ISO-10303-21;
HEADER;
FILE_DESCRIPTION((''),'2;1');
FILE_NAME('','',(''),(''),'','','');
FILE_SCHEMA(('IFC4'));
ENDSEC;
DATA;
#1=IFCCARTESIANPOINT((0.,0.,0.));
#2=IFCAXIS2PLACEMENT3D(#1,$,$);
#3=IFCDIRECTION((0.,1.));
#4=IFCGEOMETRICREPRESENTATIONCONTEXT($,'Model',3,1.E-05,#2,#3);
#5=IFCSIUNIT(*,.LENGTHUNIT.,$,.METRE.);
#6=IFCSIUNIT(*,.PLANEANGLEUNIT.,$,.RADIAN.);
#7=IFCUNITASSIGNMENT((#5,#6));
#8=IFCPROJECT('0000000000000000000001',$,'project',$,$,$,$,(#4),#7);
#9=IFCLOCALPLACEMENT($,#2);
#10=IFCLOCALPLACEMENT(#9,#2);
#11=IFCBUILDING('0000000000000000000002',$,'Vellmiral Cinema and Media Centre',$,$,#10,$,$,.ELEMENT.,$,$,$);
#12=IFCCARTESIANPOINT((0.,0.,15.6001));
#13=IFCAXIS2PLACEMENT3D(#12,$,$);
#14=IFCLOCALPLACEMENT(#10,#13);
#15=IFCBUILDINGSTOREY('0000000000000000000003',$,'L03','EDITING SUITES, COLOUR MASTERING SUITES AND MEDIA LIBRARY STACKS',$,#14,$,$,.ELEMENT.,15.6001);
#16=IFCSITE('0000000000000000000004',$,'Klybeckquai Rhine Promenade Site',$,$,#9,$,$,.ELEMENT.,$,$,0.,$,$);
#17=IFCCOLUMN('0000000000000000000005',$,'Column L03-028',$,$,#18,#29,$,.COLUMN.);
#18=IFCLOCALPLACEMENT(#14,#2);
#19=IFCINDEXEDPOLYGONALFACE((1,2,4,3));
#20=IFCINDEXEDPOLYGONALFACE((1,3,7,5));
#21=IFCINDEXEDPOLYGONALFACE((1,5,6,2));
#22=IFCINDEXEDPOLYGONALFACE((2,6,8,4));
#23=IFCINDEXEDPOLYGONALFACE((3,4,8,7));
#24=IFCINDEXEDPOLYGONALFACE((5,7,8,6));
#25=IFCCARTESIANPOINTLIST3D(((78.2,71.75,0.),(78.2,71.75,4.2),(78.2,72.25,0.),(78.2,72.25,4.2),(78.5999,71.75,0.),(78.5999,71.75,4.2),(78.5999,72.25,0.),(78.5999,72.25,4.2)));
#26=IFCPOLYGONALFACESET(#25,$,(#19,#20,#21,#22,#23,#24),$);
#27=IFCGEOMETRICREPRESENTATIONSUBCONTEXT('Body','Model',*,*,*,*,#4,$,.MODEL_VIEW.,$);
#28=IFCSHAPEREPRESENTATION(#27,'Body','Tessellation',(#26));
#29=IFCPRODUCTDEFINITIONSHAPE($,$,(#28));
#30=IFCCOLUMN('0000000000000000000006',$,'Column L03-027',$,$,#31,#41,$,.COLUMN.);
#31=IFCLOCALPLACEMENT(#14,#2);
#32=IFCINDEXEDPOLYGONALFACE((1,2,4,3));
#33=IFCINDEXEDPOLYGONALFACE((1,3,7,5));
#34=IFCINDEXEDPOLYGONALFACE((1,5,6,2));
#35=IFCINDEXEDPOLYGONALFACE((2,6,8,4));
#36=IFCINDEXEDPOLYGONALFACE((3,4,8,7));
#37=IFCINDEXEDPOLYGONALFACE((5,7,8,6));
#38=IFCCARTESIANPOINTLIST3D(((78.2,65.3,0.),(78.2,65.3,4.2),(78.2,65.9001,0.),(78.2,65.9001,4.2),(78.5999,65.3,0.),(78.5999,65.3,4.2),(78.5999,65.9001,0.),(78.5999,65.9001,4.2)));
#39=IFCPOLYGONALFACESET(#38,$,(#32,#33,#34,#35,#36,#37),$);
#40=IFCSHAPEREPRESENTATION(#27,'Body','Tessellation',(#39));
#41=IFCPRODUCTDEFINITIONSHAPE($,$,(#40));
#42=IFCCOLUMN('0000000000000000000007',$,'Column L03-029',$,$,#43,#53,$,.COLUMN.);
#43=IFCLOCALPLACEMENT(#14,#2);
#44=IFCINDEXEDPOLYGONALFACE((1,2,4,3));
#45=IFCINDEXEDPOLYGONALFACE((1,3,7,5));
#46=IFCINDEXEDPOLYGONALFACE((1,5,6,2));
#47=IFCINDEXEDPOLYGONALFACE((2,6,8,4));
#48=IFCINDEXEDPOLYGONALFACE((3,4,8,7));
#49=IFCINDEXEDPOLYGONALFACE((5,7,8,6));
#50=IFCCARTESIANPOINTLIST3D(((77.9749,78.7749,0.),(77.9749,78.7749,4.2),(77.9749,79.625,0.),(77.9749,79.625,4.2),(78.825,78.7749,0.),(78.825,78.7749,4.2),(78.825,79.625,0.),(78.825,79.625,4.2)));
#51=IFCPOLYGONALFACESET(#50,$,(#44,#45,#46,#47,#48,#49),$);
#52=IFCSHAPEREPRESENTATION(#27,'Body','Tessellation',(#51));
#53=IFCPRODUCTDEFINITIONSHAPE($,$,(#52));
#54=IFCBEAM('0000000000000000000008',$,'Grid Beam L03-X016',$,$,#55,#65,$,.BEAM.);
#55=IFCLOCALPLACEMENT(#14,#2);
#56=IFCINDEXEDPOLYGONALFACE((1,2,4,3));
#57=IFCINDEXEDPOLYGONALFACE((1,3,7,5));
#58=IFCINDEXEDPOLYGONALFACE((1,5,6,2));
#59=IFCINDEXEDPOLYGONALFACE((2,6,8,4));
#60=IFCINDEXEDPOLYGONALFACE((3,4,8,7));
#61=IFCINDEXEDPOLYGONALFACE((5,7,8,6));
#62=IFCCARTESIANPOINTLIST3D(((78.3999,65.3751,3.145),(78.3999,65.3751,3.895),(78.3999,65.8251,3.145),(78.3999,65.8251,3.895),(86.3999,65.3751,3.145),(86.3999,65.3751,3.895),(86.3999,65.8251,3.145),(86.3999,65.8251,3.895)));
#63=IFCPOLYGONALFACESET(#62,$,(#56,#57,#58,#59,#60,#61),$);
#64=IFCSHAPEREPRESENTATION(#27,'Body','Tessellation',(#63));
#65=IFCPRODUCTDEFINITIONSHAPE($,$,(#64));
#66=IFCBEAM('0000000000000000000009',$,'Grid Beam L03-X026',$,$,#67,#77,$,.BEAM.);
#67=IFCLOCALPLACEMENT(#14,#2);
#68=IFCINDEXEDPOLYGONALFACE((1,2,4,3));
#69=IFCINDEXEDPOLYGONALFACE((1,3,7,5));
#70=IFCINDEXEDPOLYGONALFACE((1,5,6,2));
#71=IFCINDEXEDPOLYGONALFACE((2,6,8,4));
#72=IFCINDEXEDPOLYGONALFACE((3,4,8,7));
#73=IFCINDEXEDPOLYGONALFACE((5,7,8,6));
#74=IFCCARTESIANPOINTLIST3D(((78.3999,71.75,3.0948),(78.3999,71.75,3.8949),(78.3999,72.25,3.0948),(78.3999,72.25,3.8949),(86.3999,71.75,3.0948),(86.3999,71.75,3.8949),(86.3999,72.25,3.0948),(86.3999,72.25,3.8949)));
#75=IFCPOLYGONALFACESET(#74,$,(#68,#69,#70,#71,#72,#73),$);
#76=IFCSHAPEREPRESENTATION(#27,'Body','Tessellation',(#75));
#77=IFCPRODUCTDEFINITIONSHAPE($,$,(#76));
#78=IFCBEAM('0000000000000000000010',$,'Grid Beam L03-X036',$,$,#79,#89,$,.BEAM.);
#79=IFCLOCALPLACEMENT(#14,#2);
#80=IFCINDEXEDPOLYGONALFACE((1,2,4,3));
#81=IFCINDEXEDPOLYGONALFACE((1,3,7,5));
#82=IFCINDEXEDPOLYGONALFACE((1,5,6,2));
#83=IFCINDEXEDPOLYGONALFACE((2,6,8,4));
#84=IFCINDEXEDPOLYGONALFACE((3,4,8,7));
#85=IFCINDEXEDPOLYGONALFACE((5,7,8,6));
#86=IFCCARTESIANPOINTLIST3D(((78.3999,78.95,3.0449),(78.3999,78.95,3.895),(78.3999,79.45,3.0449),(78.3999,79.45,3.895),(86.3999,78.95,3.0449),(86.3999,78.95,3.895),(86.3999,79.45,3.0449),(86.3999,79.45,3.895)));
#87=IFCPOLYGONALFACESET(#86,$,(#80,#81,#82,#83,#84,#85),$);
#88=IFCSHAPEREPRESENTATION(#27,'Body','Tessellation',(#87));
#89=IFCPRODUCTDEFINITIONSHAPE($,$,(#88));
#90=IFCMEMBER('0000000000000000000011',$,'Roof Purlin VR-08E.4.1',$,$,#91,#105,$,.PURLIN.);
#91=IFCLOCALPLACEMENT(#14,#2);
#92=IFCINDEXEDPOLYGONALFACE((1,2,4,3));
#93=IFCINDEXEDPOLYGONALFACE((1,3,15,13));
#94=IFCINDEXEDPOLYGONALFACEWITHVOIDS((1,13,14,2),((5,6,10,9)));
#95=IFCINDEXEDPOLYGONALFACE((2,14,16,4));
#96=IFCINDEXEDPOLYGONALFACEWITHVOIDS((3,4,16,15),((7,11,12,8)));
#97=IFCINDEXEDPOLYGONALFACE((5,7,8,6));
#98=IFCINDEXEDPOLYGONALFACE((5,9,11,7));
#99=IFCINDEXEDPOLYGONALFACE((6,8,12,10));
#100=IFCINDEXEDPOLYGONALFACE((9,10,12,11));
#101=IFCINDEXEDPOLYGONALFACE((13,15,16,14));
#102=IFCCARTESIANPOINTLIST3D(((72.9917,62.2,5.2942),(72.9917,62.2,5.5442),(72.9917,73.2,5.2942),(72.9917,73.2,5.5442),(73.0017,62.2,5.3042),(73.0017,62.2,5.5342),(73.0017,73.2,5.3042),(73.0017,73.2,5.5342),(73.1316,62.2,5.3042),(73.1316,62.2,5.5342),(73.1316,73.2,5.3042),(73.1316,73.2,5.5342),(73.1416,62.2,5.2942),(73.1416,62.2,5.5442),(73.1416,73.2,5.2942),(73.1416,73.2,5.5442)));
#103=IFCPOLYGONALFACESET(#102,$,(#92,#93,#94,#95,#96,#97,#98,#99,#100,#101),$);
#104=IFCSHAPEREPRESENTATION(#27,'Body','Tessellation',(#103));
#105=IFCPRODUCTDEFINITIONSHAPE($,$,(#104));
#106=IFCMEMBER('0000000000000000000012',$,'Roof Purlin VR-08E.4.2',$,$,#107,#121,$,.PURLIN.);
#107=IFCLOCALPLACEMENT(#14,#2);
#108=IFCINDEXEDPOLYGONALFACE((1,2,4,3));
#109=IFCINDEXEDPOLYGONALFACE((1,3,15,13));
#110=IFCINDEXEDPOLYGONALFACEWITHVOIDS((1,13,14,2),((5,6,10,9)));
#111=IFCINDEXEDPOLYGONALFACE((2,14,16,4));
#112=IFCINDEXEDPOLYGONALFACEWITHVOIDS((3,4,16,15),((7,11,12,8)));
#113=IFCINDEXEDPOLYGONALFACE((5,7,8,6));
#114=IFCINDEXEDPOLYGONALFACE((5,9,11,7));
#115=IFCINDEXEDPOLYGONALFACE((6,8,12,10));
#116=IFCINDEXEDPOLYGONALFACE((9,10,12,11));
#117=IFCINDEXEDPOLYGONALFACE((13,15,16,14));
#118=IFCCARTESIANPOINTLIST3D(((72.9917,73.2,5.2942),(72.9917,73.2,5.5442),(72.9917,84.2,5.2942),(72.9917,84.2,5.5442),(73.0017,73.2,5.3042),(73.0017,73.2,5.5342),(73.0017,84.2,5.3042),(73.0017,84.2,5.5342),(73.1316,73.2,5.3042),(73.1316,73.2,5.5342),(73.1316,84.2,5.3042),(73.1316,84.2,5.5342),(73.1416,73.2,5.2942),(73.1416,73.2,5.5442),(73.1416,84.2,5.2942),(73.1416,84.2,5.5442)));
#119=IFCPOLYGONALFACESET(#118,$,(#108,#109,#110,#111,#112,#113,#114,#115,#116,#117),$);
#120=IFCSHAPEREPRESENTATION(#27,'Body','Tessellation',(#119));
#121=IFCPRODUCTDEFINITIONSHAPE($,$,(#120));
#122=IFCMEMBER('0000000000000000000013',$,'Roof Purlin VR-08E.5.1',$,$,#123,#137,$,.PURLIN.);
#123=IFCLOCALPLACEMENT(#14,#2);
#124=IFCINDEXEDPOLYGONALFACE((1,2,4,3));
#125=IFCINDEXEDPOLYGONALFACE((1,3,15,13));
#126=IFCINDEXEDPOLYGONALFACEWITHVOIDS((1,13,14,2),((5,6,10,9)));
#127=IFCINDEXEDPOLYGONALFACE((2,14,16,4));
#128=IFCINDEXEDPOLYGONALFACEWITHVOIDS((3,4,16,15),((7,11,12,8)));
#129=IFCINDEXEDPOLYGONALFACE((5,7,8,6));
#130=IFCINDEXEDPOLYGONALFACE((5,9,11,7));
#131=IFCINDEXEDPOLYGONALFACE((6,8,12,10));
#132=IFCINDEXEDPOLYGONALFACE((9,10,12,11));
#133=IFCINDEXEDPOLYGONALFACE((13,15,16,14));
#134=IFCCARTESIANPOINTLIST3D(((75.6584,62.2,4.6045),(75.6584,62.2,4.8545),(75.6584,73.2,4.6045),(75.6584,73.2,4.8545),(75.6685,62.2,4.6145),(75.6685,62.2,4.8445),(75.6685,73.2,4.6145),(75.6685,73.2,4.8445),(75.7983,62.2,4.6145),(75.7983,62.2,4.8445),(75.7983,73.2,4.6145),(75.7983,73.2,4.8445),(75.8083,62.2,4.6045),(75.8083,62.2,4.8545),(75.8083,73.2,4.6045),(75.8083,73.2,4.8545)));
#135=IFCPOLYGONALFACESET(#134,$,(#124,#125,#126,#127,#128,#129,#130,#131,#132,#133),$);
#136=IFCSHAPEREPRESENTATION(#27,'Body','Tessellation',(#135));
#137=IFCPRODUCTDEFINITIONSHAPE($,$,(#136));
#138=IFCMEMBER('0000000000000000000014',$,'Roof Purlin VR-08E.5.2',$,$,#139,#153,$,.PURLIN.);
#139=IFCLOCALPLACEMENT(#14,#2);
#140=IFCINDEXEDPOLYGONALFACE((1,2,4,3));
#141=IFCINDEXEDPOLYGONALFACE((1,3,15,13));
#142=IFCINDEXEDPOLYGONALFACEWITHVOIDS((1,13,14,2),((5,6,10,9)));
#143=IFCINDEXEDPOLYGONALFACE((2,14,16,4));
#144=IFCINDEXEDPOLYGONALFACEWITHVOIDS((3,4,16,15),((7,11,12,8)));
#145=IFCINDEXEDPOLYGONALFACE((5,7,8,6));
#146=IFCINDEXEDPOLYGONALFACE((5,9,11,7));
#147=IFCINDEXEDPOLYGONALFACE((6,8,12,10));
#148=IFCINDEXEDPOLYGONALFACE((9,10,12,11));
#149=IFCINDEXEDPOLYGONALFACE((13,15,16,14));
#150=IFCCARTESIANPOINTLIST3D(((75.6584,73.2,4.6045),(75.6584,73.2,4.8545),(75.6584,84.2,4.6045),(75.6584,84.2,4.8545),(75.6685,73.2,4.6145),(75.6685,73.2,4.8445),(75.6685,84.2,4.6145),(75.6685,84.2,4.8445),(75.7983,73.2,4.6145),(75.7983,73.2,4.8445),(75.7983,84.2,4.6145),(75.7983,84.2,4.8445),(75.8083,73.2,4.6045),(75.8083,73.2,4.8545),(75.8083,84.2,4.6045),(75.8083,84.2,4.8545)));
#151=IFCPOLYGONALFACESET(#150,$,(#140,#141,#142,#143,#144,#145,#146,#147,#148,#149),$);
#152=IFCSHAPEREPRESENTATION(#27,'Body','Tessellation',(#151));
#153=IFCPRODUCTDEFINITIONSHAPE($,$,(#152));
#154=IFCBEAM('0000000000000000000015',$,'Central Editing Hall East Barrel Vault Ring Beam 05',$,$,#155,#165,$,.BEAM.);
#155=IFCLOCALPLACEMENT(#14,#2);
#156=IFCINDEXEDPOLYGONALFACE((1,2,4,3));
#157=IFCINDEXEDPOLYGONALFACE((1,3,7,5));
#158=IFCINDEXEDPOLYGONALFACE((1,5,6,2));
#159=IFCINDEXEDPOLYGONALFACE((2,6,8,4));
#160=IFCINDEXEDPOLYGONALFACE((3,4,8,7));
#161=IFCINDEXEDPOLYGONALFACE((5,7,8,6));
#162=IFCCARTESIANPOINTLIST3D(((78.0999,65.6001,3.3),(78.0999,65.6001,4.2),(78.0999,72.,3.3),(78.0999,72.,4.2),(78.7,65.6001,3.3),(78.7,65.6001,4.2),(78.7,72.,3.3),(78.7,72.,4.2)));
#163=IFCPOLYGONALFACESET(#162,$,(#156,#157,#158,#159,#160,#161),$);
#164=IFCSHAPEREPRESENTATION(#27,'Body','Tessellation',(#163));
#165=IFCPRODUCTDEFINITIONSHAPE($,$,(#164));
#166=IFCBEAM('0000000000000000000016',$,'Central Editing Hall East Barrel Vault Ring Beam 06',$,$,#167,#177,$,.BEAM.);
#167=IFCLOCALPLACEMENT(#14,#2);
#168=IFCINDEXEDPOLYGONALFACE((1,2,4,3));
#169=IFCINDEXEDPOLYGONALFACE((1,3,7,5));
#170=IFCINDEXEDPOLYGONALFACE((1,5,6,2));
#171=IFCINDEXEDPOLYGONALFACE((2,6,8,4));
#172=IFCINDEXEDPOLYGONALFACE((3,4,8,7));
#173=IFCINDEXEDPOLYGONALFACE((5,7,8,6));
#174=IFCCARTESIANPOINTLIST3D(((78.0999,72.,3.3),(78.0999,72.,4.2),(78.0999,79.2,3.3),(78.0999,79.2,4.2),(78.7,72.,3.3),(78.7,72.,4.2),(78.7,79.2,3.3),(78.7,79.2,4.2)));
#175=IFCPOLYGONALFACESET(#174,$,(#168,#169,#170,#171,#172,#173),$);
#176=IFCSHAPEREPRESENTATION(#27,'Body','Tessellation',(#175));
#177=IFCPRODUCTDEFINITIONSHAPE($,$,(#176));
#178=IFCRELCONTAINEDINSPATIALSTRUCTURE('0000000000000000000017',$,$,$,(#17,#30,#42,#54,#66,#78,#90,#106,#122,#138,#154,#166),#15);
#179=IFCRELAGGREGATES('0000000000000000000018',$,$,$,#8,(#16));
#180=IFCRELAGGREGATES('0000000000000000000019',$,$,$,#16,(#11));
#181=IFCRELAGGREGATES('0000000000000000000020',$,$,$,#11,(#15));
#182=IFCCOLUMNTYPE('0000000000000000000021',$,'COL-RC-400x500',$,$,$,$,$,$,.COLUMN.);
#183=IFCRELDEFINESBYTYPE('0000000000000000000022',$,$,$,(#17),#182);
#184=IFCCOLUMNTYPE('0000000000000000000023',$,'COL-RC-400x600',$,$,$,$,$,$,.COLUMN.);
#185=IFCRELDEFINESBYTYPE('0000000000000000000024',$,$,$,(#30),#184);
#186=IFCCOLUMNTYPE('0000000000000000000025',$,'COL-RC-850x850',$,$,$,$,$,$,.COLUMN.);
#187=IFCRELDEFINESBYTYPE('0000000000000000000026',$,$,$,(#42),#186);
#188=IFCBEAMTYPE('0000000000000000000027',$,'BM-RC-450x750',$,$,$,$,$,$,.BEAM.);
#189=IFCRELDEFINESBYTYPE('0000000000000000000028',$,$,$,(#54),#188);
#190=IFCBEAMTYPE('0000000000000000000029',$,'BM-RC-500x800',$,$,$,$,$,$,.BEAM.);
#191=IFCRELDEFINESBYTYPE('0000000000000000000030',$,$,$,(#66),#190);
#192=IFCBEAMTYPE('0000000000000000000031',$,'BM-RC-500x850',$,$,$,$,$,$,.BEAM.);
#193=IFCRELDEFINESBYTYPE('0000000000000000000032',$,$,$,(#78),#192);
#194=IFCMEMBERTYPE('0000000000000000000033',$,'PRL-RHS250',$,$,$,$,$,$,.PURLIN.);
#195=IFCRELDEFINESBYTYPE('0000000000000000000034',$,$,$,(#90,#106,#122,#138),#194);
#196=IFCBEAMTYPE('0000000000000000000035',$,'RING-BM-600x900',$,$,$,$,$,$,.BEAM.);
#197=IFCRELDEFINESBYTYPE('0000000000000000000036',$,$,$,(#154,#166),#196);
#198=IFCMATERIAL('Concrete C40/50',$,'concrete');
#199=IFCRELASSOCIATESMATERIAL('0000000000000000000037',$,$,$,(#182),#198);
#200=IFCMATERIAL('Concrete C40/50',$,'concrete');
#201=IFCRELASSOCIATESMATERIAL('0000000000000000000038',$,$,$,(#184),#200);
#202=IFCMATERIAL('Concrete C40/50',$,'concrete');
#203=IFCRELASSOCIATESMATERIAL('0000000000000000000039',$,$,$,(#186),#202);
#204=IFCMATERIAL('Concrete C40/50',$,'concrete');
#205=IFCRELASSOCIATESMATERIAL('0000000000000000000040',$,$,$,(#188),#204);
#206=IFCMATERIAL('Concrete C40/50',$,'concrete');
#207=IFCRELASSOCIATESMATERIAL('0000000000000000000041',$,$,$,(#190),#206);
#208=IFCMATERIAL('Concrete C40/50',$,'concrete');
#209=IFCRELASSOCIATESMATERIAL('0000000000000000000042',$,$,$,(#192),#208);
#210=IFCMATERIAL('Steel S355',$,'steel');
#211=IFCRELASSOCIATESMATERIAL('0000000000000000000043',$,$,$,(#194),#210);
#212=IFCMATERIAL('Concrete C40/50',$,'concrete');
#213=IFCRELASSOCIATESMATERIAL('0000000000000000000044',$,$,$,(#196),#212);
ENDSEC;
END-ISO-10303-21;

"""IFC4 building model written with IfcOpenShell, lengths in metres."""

from ifc_helpers import new_model, si_unit, direction, frame, origin, origin_2d, place, context, subcontext, project, spatial, rectangle, hollow_rectangle, extrude, material, material_profile, profile_set, type_object, element, save


model = new_model("IFC4")

# Units and contexts
model_context = context("Model", 3, precision=1e-05, world=origin(), true_north=direction((0.0, 1.0)))
body_context = subcontext(model_context, "Body", "Model", "MODEL_VIEW")
ifc_project = project(units=[si_unit("LENGTHUNIT", "METRE"), si_unit("PLANEANGLEUNIT", "RADIAN")], contexts=[model_context])

# Site, building, storey
site_placement = place(None, origin())
site = spatial("IfcSite", under=ifc_project, at=site_placement, Name="Klybeckquai Rhine Promenade Site", CompositionType="ELEMENT", RefElevation=0.0)
building_placement = place(site_placement, origin())
building = spatial("IfcBuilding", under=site, at=building_placement, Name="Vellmiral Cinema and Media Centre", CompositionType="ELEMENT")
storey_placement = place(building_placement, frame((0.0, 0.0, 15.6001)))
storey = spatial("IfcBuildingStorey", under=building, at=storey_placement, Name="L03", Description="EDITING SUITES, COLOUR MASTERING SUITES AND MEDIA LIBRARY STACKS", CompositionType="ELEMENT", Elevation=15.6001)

# Columns
ifc_material_1 = material(Name="Concrete C40/50", Category="concrete")
ifc_material_profile_1 = material_profile(ifc_material_1, rectangle(XDim=0.3999, YDim=0.5, at=origin_2d()), Name="RC 400x500")
ifc_profile_set_1 = profile_set([ifc_material_profile_1], Name="Concrete C40/50")
column_type_1 = type_object("IfcColumnType", Name="COL-RC-400x500", PredefinedType="COLUMN", material=ifc_profile_set_1)
column_1_placement = place(storey_placement, frame((78.3999, 72.0, 0.0), z_axis=(0.0, 0.0, 1.0), x_axis=(1.0, 0.0, 0.0)))
element("IfcColumn", 1, at=column_1_placement, inside=storey, type_object=column_type_1, Name="Column L03-028", PredefinedType="COLUMN", context=body_context, shape_type="SweptSolid", body=[
    extrude(rectangle(XDim=0.3999, YDim=0.5, at=origin_2d()), origin(), (0.0, 0.0, 1.0), 4.2),
])
ifc_material_2 = material(Name="Concrete C40/50", Category="concrete")
ifc_material_profile_2 = material_profile(ifc_material_2, rectangle(XDim=0.3999, YDim=0.6001, at=origin_2d()), Name="RC 400x600")
ifc_profile_set_2 = profile_set([ifc_material_profile_2], Name="Concrete C40/50")
column_type_2 = type_object("IfcColumnType", Name="COL-RC-400x600", PredefinedType="COLUMN", material=ifc_profile_set_2)
column_2_placement = place(storey_placement, frame((78.3999, 65.6001, 0.0), z_axis=(0.0, 0.0, 1.0), x_axis=(1.0, 0.0, 0.0)))
element("IfcColumn", 2, at=column_2_placement, inside=storey, type_object=column_type_2, Name="Column L03-027", PredefinedType="COLUMN", context=body_context, shape_type="SweptSolid", body=[
    extrude(rectangle(XDim=0.3999, YDim=0.6001, at=origin_2d()), origin(), (0.0, 0.0, 1.0), 4.2),
])
ifc_material_3 = material(Name="Concrete C40/50", Category="concrete")
ifc_material_profile_3 = material_profile(ifc_material_3, rectangle(XDim=0.8501, YDim=0.8501, at=origin_2d()), Name="RC 850x850")
ifc_profile_set_3 = profile_set([ifc_material_profile_3], Name="Concrete C40/50")
column_type_3 = type_object("IfcColumnType", Name="COL-RC-850x850", PredefinedType="COLUMN", material=ifc_profile_set_3)
column_3_placement = place(storey_placement, frame((78.3999, 79.2, 0.0), z_axis=(0.0, 0.0, 1.0), x_axis=(1.0, 0.0, 0.0)))
element("IfcColumn", 3, at=column_3_placement, inside=storey, type_object=column_type_3, Name="Column L03-029", PredefinedType="COLUMN", context=body_context, shape_type="SweptSolid", body=[
    extrude(rectangle(XDim=0.8501, YDim=0.8501, at=origin_2d()), origin(), (0.0, 0.0, 1.0), 4.2),
])

# Beams
ifc_material_4 = material(Name="Concrete C40/50", Category="concrete")
ifc_material_profile_4 = material_profile(ifc_material_4, rectangle(XDim=0.45, YDim=0.75, at=origin_2d()), Name="RC 450x750")
ifc_profile_set_4 = profile_set([ifc_material_profile_4], Name="Concrete C40/50")
beam_type_1 = type_object("IfcBeamType", Name="BM-RC-450x750", PredefinedType="BEAM", material=ifc_profile_set_4)
beam_1_placement = place(storey_placement, frame((78.3999, 65.6001, 3.52), z_axis=(1.0, 0.0, 0.0), x_axis=(0.0, 1.0, 0.0)))
element("IfcBeam", 4, at=beam_1_placement, inside=storey, type_object=beam_type_1, Name="Grid Beam L03-X016", PredefinedType="BEAM", context=body_context, shape_type="SweptSolid", body=[
    extrude(rectangle(XDim=0.45, YDim=0.75, at=origin_2d()), origin(), (0.0, 0.0, 1.0), 8.0),
])
ifc_material_5 = material(Name="Concrete C40/50", Category="concrete")
ifc_material_profile_5 = material_profile(ifc_material_5, rectangle(XDim=0.5, YDim=0.8, at=origin_2d()), Name="RC 500x800")
ifc_profile_set_5 = profile_set([ifc_material_profile_5], Name="Concrete C40/50")
beam_type_2 = type_object("IfcBeamType", Name="BM-RC-500x800", PredefinedType="BEAM", material=ifc_profile_set_5)
beam_2_placement = place(storey_placement, frame((78.3999, 72.0, 3.4949), z_axis=(1.0, 0.0, 0.0), x_axis=(0.0, 1.0, 0.0)))
element("IfcBeam", 5, at=beam_2_placement, inside=storey, type_object=beam_type_2, Name="Grid Beam L03-X026", PredefinedType="BEAM", context=body_context, shape_type="SweptSolid", body=[
    extrude(rectangle(XDim=0.5, YDim=0.8, at=origin_2d()), origin(), (0.0, 0.0, 1.0), 8.0),
])
ifc_material_6 = material(Name="Concrete C40/50", Category="concrete")
ifc_material_profile_6 = material_profile(ifc_material_6, rectangle(XDim=0.5, YDim=0.8501, at=origin_2d()), Name="RC 500x850")
ifc_profile_set_6 = profile_set([ifc_material_profile_6], Name="Concrete C40/50")
beam_type_3 = type_object("IfcBeamType", Name="BM-RC-500x850", PredefinedType="BEAM", material=ifc_profile_set_6)
beam_3_placement = place(storey_placement, frame((78.3999, 79.2, 3.47), z_axis=(1.0, 0.0, 0.0), x_axis=(0.0, 1.0, 0.0)))
element("IfcBeam", 6, at=beam_3_placement, inside=storey, type_object=beam_type_3, Name="Grid Beam L03-X036", PredefinedType="BEAM", context=body_context, shape_type="SweptSolid", body=[
    extrude(rectangle(XDim=0.5, YDim=0.8501, at=origin_2d()), origin(), (0.0, 0.0, 1.0), 8.0),
])

# Members
ifc_material_7 = material(Name="Steel S355", Category="steel")
ifc_material_profile_7 = material_profile(ifc_material_7, hollow_rectangle(XDim=0.1499, YDim=0.25, WallThickness=0.01, at=origin_2d()), Name="RHS 250x150x10.0")
ifc_profile_set_7 = profile_set([ifc_material_profile_7], Name="Steel S355")
member_type_1 = type_object("IfcMemberType", Name="PRL-RHS250", PredefinedType="PURLIN", material=ifc_profile_set_7)
for number, where, z_axis, x_axis, name in (
    (7, (73.0667, 62.2, 5.4192), (0.0, 1.0, 0.0), (-1.0, 0.0, 0.0), "Roof Purlin VR-08E.4.1"),
    (8, (73.0667, 73.2, 5.4192), (0.0, 1.0, 0.0), (-1.0, 0.0, 0.0), "Roof Purlin VR-08E.4.2"),
    (9, (75.7334, 62.2, 4.7295), (0.0, 1.0, 0.0), (-1.0, 0.0, 0.0), "Roof Purlin VR-08E.5.1"),
    (10, (75.7334, 73.2, 4.7295), (0.0, 1.0, 0.0), (-1.0, 0.0, 0.0), "Roof Purlin VR-08E.5.2"),
):
    element("IfcMember", number, at=place(storey_placement, frame(where, z_axis=z_axis, x_axis=x_axis)), inside=storey, type_object=member_type_1, Name=name, PredefinedType="PURLIN", context=body_context, shape_type="SweptSolid", body=[
        extrude(hollow_rectangle(XDim=0.1499, YDim=0.25, WallThickness=0.01, at=origin_2d()), origin(), (0.0, 0.0, 1.0), 11.0),
    ])

# Beams
ifc_material_8 = material(Name="Concrete C40/50", Category="concrete")
ifc_material_profile_8 = material_profile(ifc_material_8, rectangle(XDim=0.6001, YDim=0.8999, at=origin_2d()), Name="RC 600x900")
ifc_profile_set_8 = profile_set([ifc_material_profile_8], Name="Concrete C40/50")
beam_type_4 = type_object("IfcBeamType", Name="RING-BM-600x900", PredefinedType="BEAM", material=ifc_profile_set_8)
beam_4_placement = place(storey_placement, frame((78.3999, 65.6001, 3.75), z_axis=(0.0, 1.0, 0.0), x_axis=(-1.0, 0.0, 0.0)))
element("IfcBeam", 11, at=beam_4_placement, inside=storey, type_object=beam_type_4, Name="Central Editing Hall East Barrel Vault Ring Beam 05", PredefinedType="BEAM", context=body_context, shape_type="SweptSolid", body=[
    extrude(rectangle(XDim=0.6001, YDim=0.8999, at=origin_2d()), origin(), (0.0, 0.0, 1.0), 6.3999),
])
beam_5_placement = place(storey_placement, frame((78.3999, 72.0, 3.75), z_axis=(0.0, 1.0, 0.0), x_axis=(-1.0, 0.0, 0.0)))
element("IfcBeam", 12, at=beam_5_placement, inside=storey, type_object=beam_type_4, Name="Central Editing Hall East Barrel Vault Ring Beam 06", PredefinedType="BEAM", context=body_context, shape_type="SweptSolid", body=[
    extrude(rectangle(XDim=0.6001, YDim=0.8999, at=origin_2d()), origin(), (0.0, 0.0, 1.0), 7.2),
])

save(model, "model.ifc")
